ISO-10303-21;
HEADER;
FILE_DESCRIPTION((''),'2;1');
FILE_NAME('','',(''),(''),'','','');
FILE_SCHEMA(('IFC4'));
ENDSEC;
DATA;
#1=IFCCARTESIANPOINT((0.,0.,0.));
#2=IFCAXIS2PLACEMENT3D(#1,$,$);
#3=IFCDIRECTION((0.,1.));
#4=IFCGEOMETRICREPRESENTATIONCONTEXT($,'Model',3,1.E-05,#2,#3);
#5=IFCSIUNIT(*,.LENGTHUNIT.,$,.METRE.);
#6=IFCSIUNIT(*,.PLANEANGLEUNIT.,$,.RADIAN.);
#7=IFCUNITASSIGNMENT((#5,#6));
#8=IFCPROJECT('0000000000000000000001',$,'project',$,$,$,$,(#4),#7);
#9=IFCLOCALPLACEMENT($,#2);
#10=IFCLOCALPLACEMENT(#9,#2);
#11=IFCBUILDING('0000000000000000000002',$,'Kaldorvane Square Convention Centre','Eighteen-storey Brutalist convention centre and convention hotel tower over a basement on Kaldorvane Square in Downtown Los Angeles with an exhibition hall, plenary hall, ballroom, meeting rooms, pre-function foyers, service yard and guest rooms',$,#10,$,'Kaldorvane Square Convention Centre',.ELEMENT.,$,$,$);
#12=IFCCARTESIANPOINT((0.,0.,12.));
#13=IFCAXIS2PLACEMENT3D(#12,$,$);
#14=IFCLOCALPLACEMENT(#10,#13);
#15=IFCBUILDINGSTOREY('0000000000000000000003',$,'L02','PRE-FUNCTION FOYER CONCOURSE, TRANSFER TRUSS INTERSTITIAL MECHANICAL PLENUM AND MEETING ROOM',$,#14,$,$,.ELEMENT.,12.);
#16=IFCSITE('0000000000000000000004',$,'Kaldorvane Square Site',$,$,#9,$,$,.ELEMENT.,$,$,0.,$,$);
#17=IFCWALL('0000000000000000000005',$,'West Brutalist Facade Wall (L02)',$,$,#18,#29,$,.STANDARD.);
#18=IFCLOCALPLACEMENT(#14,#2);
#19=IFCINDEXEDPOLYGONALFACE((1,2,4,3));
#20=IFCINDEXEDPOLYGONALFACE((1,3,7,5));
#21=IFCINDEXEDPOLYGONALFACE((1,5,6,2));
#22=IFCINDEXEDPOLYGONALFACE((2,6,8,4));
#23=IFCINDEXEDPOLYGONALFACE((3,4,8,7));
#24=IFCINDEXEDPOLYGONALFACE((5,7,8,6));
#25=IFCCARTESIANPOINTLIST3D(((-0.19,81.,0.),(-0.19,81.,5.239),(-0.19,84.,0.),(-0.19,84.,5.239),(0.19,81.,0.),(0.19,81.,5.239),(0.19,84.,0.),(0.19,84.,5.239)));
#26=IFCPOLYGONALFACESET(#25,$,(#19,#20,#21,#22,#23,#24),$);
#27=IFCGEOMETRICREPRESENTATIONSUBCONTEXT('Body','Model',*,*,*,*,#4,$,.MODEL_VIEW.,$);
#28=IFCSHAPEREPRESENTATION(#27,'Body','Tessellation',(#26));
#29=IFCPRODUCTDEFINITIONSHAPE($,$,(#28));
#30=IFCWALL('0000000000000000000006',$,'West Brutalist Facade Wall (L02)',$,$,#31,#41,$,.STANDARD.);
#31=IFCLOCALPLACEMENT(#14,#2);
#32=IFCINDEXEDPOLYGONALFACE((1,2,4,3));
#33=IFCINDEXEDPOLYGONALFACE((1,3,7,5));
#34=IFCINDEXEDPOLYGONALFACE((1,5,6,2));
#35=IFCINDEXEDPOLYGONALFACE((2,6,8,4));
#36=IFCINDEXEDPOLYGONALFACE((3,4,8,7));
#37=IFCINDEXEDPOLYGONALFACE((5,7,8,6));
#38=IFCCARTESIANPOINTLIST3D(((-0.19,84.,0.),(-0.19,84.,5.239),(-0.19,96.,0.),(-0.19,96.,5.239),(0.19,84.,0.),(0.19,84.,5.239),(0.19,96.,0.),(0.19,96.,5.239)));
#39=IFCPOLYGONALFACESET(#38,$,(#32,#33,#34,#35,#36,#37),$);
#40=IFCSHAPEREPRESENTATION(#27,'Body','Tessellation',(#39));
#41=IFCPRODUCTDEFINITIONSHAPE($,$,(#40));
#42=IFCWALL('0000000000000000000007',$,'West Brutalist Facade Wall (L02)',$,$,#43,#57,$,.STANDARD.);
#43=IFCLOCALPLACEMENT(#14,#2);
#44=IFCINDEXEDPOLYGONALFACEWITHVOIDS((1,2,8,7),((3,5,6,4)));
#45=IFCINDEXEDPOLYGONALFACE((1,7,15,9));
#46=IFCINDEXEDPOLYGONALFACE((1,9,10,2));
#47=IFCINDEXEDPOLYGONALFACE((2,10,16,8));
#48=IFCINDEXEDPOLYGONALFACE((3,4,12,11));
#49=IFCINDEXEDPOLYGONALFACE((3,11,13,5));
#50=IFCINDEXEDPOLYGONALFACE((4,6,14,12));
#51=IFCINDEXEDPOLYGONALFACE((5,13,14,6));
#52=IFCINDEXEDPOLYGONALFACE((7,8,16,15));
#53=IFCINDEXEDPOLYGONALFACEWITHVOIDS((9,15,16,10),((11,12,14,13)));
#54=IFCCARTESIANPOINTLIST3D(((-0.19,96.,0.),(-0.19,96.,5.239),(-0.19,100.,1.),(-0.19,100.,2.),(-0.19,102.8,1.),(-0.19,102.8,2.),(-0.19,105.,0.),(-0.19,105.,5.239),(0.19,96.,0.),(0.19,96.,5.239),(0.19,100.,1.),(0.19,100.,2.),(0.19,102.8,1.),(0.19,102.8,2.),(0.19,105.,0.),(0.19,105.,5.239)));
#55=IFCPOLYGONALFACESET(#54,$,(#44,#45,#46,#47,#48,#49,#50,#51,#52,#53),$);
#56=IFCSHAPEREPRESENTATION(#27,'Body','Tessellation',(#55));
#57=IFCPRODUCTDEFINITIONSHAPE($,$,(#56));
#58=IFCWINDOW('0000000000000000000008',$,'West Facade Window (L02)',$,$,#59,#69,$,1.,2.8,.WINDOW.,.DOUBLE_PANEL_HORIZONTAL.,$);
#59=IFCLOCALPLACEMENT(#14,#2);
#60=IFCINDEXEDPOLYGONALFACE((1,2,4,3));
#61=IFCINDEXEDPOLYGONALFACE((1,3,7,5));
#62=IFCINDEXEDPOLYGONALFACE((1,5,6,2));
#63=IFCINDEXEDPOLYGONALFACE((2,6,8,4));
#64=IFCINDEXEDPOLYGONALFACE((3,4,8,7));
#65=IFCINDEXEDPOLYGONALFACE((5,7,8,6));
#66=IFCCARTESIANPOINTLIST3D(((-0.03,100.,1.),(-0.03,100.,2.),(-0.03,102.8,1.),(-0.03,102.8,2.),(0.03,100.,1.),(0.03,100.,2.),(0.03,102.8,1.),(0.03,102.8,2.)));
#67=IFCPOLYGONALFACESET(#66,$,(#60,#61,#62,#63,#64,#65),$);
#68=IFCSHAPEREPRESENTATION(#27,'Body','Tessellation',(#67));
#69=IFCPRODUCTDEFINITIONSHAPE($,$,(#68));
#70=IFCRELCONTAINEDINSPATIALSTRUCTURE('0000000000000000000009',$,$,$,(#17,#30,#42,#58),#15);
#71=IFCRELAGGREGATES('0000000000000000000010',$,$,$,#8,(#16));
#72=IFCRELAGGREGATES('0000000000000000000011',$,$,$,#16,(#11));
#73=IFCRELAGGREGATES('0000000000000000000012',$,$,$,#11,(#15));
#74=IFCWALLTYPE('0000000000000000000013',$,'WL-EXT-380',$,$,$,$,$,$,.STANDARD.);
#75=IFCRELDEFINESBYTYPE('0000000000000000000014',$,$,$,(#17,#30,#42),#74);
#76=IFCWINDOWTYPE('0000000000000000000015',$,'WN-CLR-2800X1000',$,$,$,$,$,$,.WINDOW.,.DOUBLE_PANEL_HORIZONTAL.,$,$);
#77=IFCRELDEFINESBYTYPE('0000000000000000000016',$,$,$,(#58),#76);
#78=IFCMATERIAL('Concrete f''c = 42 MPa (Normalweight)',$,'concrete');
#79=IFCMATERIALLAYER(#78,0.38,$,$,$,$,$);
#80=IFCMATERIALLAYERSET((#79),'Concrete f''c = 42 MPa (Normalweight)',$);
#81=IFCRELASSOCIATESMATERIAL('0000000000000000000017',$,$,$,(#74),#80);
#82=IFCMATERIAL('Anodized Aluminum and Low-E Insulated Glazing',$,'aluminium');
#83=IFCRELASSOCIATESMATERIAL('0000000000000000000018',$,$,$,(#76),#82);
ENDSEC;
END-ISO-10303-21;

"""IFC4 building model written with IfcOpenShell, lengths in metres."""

from ifc_helpers import new_model, si_unit, direction, frame, frame_2d, origin, place, context, subcontext, project, spatial, rectangle, extrude, material, layer, layer_set, type_object, element, fill, save


model = new_model("IFC4")

# Units and contexts
model_context = context("Model", 3, precision=1e-05, world=origin(), true_north=direction((0.0, 1.0)))
body_context = subcontext(model_context, "Body", "Model", "MODEL_VIEW")
ifc_project = project(units=[si_unit("LENGTHUNIT", "METRE"), si_unit("PLANEANGLEUNIT", "RADIAN")], contexts=[model_context])

# Site, building, storey
site_placement = place(None, origin())
site = spatial("IfcSite", under=ifc_project, at=site_placement, Name="Kaldorvane Square Site", CompositionType="ELEMENT", RefElevation=0.0)
building_placement = place(site_placement, origin())
building = spatial("IfcBuilding", under=site, at=building_placement, Name="Kaldorvane Square Convention Centre", Description="Eighteen-storey Brutalist convention centre and convention hotel tower over a basement on Kaldorvane Square in Downtown Los Angeles with an exhibition hall, plenary hall, ballroom, meeting rooms, pre-function foyers, service yard and guest rooms", LongName="Kaldorvane Square Convention Centre", CompositionType="ELEMENT")
storey_placement = place(building_placement, frame((0.0, 0.0, 12.0)))
storey = spatial("IfcBuildingStorey", under=building, at=storey_placement, Name="L02", Description="PRE-FUNCTION FOYER CONCOURSE, TRANSFER TRUSS INTERSTITIAL MECHANICAL PLENUM AND MEETING ROOM", CompositionType="ELEMENT", Elevation=12.0)

# Walls
ifc_material_1 = material(Name="Concrete f'c = 42 MPa (Normalweight)", Category="concrete")
ifc_layer = layer(ifc_material_1, 0.38)
ifc_layer_set = layer_set([ifc_layer], Name="Concrete f'c = 42 MPa (Normalweight)")
wall_type = type_object("IfcWallType", Name="WL-EXT-380", PredefinedType="STANDARD", material=ifc_layer_set)
wall_1_placement = place(storey_placement, frame((0.0, 84.0, 0.0), z_axis=(0.0, 0.0, 1.0), x_axis=(0.0, -1.0, 0.0)))
element("IfcWall", 1, at=wall_1_placement, inside=storey, type_object=wall_type, Name="West Brutalist Facade Wall (L02)", PredefinedType="STANDARD", context=body_context, shape_type="SweptSolid", body=[
    extrude(rectangle(XDim=3.0, YDim=0.38, at=frame_2d((1.5, 0.0))), origin(), (0.0, 0.0, 1.0), 5.239),
])
wall_2_placement = place(storey_placement, frame((0.0, 96.0, 0.0), z_axis=(0.0, 0.0, 1.0), x_axis=(0.0, -1.0, 0.0)))
element("IfcWall", 2, at=wall_2_placement, inside=storey, type_object=wall_type, Name="West Brutalist Facade Wall (L02)", PredefinedType="STANDARD", context=body_context, shape_type="SweptSolid", body=[
    extrude(rectangle(XDim=12.0, YDim=0.38, at=frame_2d((6.0, 0.0))), origin(), (0.0, 0.0, 1.0), 5.239),
])

# Wall, opening, window
wall_3_placement = place(storey_placement, frame((0.0, 105.0, 0.0), z_axis=(0.0, 0.0, 1.0), x_axis=(0.0, -1.0, 0.0)))
wall_3 = element("IfcWall", 3, at=wall_3_placement, inside=storey, type_object=wall_type, Name="West Brutalist Facade Wall (L02)", PredefinedType="STANDARD", context=body_context, shape_type="SweptSolid", body=[
    extrude(rectangle(XDim=9.0, YDim=0.38, at=frame_2d((4.5, 0.0))), origin(), (0.0, 0.0, 1.0), 5.239),
])
opening_placement = place(wall_3_placement, frame((2.2, 0.0, 1.0)))
opening = element("IfcOpeningElement", 4, at=opening_placement, cuts=wall_3, PredefinedType="OPENING", context=body_context, shape_type="SweptSolid", body=[
    extrude(rectangle(XDim=2.8, YDim=1.0, at=frame_2d((1.4, 0.5))), frame((0.0, 0.205, 0.0), z_axis=(0.0, -1.0, 0.0), x_axis=(1.0, 0.0, 0.0)), (0.0, 0.0, 1.0), 0.41),
])
ifc_material_2 = material(Name="Anodized Aluminum and Low-E Insulated Glazing", Category="aluminium")
window_type = type_object("IfcWindowType", Name="WN-CLR-2800X1000", PartitioningType="DOUBLE_PANEL_HORIZONTAL", PredefinedType="WINDOW", material=ifc_material_2)
window_placement = place(opening_placement, origin())
window = element("IfcWindow", 5, at=window_placement, inside=storey, type_object=window_type, Name="West Facade Window (L02)", OverallHeight=1.0, OverallWidth=2.8, PartitioningType="DOUBLE_PANEL_HORIZONTAL", PredefinedType="WINDOW", context=body_context, shape_type="SweptSolid", body=[
    extrude(rectangle(XDim=2.8, YDim=1.0, at=frame_2d((1.4, 0.5))), frame((0.0, 0.03, 0.0), z_axis=(0.0, -1.0, 0.0), x_axis=(1.0, 0.0, 0.0)), (0.0, 0.0, 1.0), 0.06),
])
fill(opening, window)

save(model, "model.ifc")
